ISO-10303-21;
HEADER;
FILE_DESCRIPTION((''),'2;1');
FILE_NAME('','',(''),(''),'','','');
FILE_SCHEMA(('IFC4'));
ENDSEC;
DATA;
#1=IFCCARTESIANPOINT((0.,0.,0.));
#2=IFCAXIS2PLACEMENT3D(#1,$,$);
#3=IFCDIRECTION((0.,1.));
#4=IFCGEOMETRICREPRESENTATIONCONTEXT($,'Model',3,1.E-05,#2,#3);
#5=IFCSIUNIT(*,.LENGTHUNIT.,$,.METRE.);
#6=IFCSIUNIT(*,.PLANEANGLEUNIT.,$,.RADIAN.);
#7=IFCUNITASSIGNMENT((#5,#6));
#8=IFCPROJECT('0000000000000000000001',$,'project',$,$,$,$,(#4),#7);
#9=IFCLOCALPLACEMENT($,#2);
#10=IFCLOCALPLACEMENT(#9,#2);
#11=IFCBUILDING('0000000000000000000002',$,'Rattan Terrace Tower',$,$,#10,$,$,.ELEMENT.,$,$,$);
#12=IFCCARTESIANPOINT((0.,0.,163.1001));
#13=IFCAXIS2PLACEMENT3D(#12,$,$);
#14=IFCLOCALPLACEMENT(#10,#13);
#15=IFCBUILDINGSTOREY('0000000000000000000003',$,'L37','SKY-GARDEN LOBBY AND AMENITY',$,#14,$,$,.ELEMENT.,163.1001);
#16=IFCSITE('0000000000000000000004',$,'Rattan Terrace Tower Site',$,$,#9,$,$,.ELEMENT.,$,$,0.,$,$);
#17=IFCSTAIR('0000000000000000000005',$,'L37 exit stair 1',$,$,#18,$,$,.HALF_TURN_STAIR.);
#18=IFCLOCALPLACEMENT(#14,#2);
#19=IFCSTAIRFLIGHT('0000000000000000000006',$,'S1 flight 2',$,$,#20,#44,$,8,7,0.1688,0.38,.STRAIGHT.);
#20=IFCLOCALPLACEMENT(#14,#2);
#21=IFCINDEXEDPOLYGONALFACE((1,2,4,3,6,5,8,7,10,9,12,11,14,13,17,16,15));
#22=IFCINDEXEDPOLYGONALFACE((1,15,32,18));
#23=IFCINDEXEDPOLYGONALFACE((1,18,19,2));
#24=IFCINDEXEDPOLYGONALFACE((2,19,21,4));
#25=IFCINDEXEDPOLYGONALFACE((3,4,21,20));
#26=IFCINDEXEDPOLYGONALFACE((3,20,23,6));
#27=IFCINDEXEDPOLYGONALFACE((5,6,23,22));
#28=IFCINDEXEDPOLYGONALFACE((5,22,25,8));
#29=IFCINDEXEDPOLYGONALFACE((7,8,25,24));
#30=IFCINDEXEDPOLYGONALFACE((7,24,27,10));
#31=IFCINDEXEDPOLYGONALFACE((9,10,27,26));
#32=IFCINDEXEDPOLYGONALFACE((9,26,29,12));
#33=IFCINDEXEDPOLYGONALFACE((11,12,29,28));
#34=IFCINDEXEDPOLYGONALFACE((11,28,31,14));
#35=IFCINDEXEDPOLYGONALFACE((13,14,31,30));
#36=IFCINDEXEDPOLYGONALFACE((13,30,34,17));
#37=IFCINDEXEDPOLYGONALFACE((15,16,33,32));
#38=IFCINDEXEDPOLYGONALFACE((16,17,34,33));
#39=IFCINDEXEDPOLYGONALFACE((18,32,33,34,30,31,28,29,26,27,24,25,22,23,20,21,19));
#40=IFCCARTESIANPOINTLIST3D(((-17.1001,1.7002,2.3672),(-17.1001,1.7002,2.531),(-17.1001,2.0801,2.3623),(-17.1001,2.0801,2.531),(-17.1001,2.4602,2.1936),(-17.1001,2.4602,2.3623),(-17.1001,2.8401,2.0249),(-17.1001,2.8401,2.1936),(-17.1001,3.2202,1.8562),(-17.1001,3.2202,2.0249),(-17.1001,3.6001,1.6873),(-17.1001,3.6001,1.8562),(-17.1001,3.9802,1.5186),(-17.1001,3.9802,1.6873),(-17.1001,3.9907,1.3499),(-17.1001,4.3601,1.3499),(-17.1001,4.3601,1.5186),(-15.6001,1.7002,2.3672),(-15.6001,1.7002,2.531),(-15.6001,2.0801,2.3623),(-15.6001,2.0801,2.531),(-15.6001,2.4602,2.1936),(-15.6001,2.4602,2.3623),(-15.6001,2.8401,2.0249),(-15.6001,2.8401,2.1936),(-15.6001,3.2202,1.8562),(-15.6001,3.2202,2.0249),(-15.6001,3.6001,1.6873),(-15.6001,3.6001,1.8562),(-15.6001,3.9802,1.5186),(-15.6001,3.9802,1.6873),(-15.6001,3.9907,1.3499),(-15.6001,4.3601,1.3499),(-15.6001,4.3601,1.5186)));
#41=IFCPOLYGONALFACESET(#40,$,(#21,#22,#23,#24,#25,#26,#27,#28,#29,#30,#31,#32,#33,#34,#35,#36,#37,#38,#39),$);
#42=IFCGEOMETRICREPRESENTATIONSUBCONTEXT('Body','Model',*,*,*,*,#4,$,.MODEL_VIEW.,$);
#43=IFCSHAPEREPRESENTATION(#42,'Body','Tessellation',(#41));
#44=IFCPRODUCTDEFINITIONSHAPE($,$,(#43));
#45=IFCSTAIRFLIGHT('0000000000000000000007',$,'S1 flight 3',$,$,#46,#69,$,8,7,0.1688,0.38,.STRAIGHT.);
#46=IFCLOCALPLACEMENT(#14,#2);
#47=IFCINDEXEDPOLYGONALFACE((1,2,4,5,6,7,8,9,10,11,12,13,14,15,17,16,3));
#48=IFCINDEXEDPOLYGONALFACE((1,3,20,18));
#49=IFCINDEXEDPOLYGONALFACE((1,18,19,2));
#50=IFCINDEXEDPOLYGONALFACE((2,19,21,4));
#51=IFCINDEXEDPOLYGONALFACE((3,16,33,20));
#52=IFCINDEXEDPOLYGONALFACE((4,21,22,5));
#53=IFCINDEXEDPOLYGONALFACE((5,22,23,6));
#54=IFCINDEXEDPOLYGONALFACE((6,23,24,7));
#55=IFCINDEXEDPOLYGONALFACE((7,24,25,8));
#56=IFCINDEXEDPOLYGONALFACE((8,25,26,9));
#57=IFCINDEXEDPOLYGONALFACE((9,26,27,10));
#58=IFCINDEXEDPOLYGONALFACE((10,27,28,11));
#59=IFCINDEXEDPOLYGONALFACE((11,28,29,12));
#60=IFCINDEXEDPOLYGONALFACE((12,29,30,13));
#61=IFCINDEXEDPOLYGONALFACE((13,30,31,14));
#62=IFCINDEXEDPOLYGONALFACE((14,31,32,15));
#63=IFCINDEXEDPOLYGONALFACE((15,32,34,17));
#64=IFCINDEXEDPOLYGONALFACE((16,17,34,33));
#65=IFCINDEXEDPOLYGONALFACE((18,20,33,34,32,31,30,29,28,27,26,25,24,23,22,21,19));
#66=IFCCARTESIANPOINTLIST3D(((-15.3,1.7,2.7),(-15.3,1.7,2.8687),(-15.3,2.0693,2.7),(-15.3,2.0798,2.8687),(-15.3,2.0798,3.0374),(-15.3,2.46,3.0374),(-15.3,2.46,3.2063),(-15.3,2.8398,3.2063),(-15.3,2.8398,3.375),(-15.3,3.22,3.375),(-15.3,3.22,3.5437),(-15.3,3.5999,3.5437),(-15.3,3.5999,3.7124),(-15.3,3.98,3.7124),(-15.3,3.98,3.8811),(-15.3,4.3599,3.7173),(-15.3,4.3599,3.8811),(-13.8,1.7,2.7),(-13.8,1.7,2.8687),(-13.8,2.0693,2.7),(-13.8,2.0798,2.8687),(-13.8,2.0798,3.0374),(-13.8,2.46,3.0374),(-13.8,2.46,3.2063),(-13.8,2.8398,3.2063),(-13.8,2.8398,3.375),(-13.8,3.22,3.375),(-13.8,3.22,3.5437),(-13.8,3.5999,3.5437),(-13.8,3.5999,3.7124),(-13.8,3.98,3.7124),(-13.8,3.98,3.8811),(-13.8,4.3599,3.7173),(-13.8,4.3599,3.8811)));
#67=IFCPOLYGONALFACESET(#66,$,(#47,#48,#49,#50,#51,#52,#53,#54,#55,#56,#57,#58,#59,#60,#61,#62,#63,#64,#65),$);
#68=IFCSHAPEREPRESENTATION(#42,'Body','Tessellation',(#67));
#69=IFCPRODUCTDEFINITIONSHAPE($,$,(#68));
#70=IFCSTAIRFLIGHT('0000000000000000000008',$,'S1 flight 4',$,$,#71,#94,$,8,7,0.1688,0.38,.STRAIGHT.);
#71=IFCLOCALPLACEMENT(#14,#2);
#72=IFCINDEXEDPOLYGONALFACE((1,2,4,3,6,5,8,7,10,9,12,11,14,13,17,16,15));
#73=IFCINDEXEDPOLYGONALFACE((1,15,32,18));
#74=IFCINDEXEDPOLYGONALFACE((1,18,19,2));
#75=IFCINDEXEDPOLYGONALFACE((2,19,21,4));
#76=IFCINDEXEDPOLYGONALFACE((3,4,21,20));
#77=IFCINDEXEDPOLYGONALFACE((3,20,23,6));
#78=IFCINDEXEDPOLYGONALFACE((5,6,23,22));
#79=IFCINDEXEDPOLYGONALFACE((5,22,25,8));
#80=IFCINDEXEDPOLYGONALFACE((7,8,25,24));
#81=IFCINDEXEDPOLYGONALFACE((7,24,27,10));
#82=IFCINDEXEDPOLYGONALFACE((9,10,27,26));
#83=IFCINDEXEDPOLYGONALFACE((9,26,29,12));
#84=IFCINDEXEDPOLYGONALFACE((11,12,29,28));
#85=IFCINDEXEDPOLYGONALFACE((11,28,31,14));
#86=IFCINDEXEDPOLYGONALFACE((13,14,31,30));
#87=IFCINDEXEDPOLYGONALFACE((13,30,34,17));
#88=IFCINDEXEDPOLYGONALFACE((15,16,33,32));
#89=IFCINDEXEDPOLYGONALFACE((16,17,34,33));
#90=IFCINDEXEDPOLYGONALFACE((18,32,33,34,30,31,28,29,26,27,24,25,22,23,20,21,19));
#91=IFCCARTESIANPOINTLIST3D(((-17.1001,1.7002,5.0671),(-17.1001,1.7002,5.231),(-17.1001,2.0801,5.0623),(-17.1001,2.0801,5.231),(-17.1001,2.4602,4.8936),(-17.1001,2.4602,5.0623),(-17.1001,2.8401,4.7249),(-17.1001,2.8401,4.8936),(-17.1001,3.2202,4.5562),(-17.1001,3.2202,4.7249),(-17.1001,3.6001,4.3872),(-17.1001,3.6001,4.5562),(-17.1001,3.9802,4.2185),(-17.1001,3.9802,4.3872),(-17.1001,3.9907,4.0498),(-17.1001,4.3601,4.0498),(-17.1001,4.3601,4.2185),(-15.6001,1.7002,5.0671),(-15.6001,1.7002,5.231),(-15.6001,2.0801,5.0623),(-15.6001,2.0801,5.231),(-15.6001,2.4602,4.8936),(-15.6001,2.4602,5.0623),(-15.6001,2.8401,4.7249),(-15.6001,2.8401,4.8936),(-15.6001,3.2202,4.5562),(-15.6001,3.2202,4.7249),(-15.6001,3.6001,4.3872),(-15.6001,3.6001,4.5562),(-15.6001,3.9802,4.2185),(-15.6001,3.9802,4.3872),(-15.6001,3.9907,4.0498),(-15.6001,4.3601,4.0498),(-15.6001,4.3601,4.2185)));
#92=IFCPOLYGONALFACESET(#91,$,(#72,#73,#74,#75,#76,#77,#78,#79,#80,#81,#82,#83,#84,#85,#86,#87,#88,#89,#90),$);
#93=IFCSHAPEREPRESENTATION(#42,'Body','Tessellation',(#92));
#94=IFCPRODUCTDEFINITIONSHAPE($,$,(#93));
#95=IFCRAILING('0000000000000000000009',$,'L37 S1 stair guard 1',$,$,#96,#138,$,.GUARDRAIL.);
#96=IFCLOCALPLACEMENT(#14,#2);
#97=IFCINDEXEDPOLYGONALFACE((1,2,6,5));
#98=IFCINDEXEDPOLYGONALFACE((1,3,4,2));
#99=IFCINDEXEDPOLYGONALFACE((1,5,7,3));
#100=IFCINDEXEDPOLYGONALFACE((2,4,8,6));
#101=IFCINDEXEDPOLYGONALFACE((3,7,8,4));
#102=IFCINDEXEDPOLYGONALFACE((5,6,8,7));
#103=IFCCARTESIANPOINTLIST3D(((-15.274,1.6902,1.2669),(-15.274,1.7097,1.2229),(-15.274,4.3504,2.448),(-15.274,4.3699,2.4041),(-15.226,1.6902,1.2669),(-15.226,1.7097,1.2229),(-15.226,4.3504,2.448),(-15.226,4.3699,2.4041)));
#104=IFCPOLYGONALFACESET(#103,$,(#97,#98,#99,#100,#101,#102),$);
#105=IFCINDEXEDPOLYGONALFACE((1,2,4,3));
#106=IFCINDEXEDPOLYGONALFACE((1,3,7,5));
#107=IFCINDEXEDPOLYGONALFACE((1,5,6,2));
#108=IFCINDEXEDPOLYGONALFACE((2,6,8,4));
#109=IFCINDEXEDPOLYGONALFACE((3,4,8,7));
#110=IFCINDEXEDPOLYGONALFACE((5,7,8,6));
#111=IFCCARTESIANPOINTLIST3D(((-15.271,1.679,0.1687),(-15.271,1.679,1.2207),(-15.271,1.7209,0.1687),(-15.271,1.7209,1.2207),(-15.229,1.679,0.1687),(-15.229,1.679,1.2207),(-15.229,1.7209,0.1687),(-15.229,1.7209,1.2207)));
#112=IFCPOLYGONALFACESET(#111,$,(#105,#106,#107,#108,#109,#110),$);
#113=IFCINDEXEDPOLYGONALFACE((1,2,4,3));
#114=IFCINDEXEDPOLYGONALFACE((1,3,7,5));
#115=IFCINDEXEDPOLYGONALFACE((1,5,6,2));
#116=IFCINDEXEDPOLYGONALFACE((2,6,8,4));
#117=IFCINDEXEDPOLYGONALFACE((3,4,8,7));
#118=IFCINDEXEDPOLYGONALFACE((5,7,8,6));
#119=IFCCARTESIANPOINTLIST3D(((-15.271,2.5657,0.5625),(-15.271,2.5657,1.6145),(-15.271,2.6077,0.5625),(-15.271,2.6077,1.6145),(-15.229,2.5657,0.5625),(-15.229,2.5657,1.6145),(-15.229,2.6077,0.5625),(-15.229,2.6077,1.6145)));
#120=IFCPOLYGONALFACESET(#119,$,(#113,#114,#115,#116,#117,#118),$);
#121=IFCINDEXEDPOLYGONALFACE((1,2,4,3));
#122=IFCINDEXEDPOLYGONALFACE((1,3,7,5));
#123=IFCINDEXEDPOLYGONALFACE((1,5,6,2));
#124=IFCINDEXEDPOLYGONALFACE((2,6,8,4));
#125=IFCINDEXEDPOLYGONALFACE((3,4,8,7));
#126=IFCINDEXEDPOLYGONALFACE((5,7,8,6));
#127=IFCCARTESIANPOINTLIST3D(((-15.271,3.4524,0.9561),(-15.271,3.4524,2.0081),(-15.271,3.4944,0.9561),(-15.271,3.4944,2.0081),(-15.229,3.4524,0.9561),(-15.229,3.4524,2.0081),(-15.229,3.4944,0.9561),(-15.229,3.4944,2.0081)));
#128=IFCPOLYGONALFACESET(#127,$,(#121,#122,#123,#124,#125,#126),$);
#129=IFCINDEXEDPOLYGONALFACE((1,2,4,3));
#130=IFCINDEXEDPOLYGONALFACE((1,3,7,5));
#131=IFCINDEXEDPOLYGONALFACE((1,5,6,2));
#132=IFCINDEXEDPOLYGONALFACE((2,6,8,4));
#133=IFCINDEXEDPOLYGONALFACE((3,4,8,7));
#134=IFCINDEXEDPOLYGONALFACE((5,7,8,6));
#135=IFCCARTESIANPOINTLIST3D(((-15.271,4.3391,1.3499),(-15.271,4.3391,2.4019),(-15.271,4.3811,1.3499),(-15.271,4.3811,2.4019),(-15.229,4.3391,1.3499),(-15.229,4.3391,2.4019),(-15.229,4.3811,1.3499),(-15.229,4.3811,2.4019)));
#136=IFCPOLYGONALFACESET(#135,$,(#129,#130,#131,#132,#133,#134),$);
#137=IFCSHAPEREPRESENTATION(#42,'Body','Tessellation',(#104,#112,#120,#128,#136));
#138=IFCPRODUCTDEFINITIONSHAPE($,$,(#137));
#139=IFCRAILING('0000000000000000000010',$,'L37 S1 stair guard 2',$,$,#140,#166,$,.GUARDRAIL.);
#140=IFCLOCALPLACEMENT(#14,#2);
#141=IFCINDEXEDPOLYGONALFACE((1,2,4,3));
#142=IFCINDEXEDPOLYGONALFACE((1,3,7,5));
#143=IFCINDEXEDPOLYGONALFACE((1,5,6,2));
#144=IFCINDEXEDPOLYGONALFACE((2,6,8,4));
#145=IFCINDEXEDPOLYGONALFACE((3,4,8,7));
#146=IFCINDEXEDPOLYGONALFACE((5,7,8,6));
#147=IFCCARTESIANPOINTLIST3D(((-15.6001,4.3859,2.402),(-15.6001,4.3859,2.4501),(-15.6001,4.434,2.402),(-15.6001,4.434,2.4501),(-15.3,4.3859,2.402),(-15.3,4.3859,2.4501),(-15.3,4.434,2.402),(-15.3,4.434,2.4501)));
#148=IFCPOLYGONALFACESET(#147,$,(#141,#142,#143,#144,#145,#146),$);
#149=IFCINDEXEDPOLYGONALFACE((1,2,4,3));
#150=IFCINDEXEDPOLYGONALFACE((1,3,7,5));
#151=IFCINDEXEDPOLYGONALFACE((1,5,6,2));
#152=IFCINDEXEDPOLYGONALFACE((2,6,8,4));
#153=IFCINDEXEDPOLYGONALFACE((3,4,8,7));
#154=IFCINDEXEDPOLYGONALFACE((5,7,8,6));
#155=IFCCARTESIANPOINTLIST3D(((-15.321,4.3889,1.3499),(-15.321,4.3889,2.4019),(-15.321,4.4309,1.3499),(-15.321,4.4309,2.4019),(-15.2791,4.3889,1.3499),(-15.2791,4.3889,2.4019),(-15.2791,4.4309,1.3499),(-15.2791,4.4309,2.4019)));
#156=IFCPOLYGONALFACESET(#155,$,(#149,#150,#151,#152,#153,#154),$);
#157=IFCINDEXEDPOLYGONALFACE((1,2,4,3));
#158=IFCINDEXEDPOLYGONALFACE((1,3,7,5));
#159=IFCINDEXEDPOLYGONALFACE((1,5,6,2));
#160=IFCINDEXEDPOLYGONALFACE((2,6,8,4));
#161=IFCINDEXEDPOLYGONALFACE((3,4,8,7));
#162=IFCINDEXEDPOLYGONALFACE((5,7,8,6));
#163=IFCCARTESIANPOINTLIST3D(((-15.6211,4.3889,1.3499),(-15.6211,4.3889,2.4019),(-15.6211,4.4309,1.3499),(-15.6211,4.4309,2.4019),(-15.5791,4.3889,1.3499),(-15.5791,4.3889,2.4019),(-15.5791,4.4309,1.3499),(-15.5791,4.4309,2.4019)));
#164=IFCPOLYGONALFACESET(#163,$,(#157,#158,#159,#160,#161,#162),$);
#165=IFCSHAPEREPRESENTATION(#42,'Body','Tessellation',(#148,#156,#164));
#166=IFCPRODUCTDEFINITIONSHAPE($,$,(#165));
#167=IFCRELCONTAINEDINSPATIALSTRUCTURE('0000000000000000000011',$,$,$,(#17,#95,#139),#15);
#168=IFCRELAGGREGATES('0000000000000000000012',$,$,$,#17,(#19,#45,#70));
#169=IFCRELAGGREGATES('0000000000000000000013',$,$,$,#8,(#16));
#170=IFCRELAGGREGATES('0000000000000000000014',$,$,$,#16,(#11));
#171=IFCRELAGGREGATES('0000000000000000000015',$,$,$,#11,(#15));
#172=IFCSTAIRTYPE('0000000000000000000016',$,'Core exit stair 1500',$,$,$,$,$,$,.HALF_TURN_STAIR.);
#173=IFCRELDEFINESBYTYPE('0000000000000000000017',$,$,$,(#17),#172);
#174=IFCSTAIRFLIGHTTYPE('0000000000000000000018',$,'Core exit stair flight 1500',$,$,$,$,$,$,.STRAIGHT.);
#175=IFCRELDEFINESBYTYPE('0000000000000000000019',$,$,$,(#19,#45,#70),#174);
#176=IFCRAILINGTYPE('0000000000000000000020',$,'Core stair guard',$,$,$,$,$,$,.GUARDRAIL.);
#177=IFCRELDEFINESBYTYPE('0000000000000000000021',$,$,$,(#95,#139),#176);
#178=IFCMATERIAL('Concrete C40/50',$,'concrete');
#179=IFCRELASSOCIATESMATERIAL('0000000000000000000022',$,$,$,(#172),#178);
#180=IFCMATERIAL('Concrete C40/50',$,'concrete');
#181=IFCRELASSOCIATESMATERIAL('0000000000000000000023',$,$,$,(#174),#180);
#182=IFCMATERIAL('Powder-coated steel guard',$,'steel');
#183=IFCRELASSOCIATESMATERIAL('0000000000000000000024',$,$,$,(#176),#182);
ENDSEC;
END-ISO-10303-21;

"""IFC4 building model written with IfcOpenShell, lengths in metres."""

from ifc_helpers import new_model, si_unit, direction, frame, origin, origin_2d, place, context, subcontext, project, spatial, polyline, rectangle, outline, extrude, material, type_object, element, aggregate, save


model = new_model("IFC4")

# Units and contexts
model_context = context("Model", 3, precision=1e-05, world=origin(), true_north=direction((0.0, 1.0)))
body_context = subcontext(model_context, "Body", "Model", "MODEL_VIEW")
ifc_project = project(units=[si_unit("LENGTHUNIT", "METRE"), si_unit("PLANEANGLEUNIT", "RADIAN")], contexts=[model_context])

# Site, building, storey
site_placement = place(None, origin())
site = spatial("IfcSite", under=ifc_project, at=site_placement, Name="Rattan Terrace Tower Site", CompositionType="ELEMENT", RefElevation=0.0)
building_placement = place(site_placement, origin())
building = spatial("IfcBuilding", under=site, at=building_placement, Name="Rattan Terrace Tower", CompositionType="ELEMENT")
storey_placement = place(building_placement, frame((0.0, 0.0, 163.1001)))
storey = spatial("IfcBuildingStorey", under=building, at=storey_placement, Name="L37", Description="SKY-GARDEN LOBBY AND AMENITY", CompositionType="ELEMENT", Elevation=163.1001)

# Stair, stair flights
ifc_material_1 = material(Name="Concrete C40/50", Category="concrete")
stair_type = type_object("IfcStairType", Name="Core exit stair 1500", PredefinedType="HALF_TURN_STAIR", material=ifc_material_1)
stair_placement = place(storey_placement, origin())
stair = element("IfcStair", 1, at=stair_placement, inside=storey, type_object=stair_type, Name="L37 exit stair 1", PredefinedType="HALF_TURN_STAIR")
ifc_material_2 = material(Name="Concrete C40/50", Category="concrete")
stair_flight_type = type_object("IfcStairFlightType", Name="Core exit stair flight 1500", PredefinedType="STRAIGHT", material=ifc_material_2)
stair_flight_1_placement = place(storey_placement, frame((-16.3501, 4.3601, 1.3499), z_axis=(0.0, 0.0, 1.0), x_axis=(0.0, -1.0, 0.0)))
stair_flight_1 = element("IfcStairFlight", 2, at=stair_flight_1_placement, type_object=stair_flight_type, Name="S1 flight 2", NumberOfRisers=8, NumberOfTreads=7, PredefinedType="STRAIGHT", RiserHeight=0.1688, TreadLength=0.38, context=body_context, shape_type="SweptSolid", body=[
    extrude(outline(polyline([(0.0, 0.0), (0.0, 0.1687), (0.3799, 0.1687), (0.3799, 0.3374), (0.76, 0.3374), (0.76, 0.5063), (1.1399, 0.5063), (1.1399, 0.675), (1.52, 0.675), (1.52, 0.8438), (1.8999, 0.8438), (1.8999, 1.0125), (2.28, 1.0125), (2.28, 1.1812), (2.6599, 1.1812), (2.6599, 1.3501), (2.6599, 1.0173), (0.3694, 0.0), (0.0, 0.0)])), frame((0.0, 0.75, 0.0), z_axis=(0.0, -1.0, 0.0), x_axis=(1.0, 0.0, 0.0)), (0.0, 0.0, 1.0), 1.5),
])
stair_flight_2_placement = place(storey_placement, frame((-14.55, 1.7, 2.7), z_axis=(0.0, 0.0, 1.0), x_axis=(0.0, 1.0, 0.0)))
stair_flight_2 = element("IfcStairFlight", 3, at=stair_flight_2_placement, type_object=stair_flight_type, Name="S1 flight 3", NumberOfRisers=8, NumberOfTreads=7, PredefinedType="STRAIGHT", RiserHeight=0.1688, TreadLength=0.38, context=body_context, shape_type="SweptSolid", body=[
    extrude(outline(polyline([(0.0, 0.0), (0.0, 0.1687), (0.3799, 0.1687), (0.3799, 0.3374), (0.76, 0.3374), (0.76, 0.5063), (1.1399, 0.5063), (1.1399, 0.675), (1.52, 0.675), (1.52, 0.8438), (1.8999, 0.8438), (1.8999, 1.0125), (2.28, 1.0125), (2.28, 1.1812), (2.6599, 1.1812), (2.6599, 1.3501), (2.6599, 1.0173), (0.3694, 0.0), (0.0, 0.0)])), frame((0.0, 0.75, 0.0), z_axis=(0.0, -1.0, 0.0), x_axis=(1.0, 0.0, 0.0)), (0.0, 0.0, 1.0), 1.5),
])
stair_flight_3_placement = place(storey_placement, frame((-16.3501, 4.3601, 4.0498), z_axis=(0.0, 0.0, 1.0), x_axis=(0.0, -1.0, 0.0)))
stair_flight_3 = element("IfcStairFlight", 4, at=stair_flight_3_placement, type_object=stair_flight_type, Name="S1 flight 4", NumberOfRisers=8, NumberOfTreads=7, PredefinedType="STRAIGHT", RiserHeight=0.1688, TreadLength=0.38, context=body_context, shape_type="SweptSolid", body=[
    extrude(outline(polyline([(0.0, 0.0), (0.0, 0.1687), (0.3799, 0.1687), (0.3799, 0.3374), (0.76, 0.3374), (0.76, 0.5063), (1.1399, 0.5063), (1.1399, 0.675), (1.52, 0.675), (1.52, 0.8438), (1.8999, 0.8438), (1.8999, 1.0125), (2.28, 1.0125), (2.28, 1.1812), (2.6599, 1.1812), (2.6599, 1.3501), (2.6599, 1.0173), (0.3694, 0.0), (0.0, 0.0)])), frame((0.0, 0.75, 0.0), z_axis=(0.0, -1.0, 0.0), x_axis=(1.0, 0.0, 0.0)), (0.0, 0.0, 1.0), 1.5),
])
aggregate(stair, [stair_flight_1, stair_flight_2, stair_flight_3])

# Railings
ifc_material_3 = material(Name="Powder-coated steel guard", Category="steel")
railing_type_1 = type_object("IfcRailingType", Name="Core stair guard", PredefinedType="GUARDRAIL", material=ifc_material_3)
railing_1_placement = place(storey_placement, frame((-15.25, 1.7, 0.1687)))
element("IfcRailing", 5, at=railing_1_placement, inside=storey, type_object=railing_type_1, Name="L37 S1 stair guard 1", PredefinedType="GUARDRAIL", context=body_context, shape_type="SweptSolid", body=[
    extrude(rectangle(XDim=0.0481, YDim=0.0481, at=origin_2d()), frame((0.0, 0.0, 1.0762), z_axis=(0.0, 0.913957, 0.405812), x_axis=(-1.0, 0.0, 0.0)), (0.0, 0.0, 1.0), 2.9106),
    extrude(rectangle(XDim=0.042, YDim=0.042, at=origin_2d()), origin(), (0.0, 0.0, 1.0), 1.052),
    extrude(rectangle(XDim=0.042, YDim=0.042, at=origin_2d()), frame((0.0, 0.8867, 0.3938)), (0.0, 0.0, 1.0), 1.052),
    extrude(rectangle(XDim=0.042, YDim=0.042, at=origin_2d()), frame((0.0, 1.7734, 0.7874)), (0.0, 0.0, 1.0), 1.052),
    extrude(rectangle(XDim=0.042, YDim=0.042, at=origin_2d()), frame((0.0, 2.6602, 1.1812)), (0.0, 0.0, 1.0), 1.052),
])
railing_2_placement = place(storey_placement, frame((-15.3, 4.4099, 1.3499)))
element("IfcRailing", 6, at=railing_2_placement, inside=storey, type_object=railing_type_1, Name="L37 S1 stair guard 2", PredefinedType="GUARDRAIL", context=body_context, shape_type="SweptSolid", body=[
    extrude(rectangle(XDim=0.0481, YDim=0.0481, at=origin_2d()), frame((0.0, 0.0, 1.0762), z_axis=(-1.0, 0.0, 0.0), x_axis=(0.0, -1.0, 0.0)), (0.0, 0.0, 1.0), 0.3),
    extrude(rectangle(XDim=0.042, YDim=0.042, at=origin_2d()), origin(), (0.0, 0.0, 1.0), 1.052),
    extrude(rectangle(XDim=0.042, YDim=0.042, at=origin_2d()), frame((-0.3, 0.0, 0.0)), (0.0, 0.0, 1.0), 1.052),
])

save(model, "model.ifc")
